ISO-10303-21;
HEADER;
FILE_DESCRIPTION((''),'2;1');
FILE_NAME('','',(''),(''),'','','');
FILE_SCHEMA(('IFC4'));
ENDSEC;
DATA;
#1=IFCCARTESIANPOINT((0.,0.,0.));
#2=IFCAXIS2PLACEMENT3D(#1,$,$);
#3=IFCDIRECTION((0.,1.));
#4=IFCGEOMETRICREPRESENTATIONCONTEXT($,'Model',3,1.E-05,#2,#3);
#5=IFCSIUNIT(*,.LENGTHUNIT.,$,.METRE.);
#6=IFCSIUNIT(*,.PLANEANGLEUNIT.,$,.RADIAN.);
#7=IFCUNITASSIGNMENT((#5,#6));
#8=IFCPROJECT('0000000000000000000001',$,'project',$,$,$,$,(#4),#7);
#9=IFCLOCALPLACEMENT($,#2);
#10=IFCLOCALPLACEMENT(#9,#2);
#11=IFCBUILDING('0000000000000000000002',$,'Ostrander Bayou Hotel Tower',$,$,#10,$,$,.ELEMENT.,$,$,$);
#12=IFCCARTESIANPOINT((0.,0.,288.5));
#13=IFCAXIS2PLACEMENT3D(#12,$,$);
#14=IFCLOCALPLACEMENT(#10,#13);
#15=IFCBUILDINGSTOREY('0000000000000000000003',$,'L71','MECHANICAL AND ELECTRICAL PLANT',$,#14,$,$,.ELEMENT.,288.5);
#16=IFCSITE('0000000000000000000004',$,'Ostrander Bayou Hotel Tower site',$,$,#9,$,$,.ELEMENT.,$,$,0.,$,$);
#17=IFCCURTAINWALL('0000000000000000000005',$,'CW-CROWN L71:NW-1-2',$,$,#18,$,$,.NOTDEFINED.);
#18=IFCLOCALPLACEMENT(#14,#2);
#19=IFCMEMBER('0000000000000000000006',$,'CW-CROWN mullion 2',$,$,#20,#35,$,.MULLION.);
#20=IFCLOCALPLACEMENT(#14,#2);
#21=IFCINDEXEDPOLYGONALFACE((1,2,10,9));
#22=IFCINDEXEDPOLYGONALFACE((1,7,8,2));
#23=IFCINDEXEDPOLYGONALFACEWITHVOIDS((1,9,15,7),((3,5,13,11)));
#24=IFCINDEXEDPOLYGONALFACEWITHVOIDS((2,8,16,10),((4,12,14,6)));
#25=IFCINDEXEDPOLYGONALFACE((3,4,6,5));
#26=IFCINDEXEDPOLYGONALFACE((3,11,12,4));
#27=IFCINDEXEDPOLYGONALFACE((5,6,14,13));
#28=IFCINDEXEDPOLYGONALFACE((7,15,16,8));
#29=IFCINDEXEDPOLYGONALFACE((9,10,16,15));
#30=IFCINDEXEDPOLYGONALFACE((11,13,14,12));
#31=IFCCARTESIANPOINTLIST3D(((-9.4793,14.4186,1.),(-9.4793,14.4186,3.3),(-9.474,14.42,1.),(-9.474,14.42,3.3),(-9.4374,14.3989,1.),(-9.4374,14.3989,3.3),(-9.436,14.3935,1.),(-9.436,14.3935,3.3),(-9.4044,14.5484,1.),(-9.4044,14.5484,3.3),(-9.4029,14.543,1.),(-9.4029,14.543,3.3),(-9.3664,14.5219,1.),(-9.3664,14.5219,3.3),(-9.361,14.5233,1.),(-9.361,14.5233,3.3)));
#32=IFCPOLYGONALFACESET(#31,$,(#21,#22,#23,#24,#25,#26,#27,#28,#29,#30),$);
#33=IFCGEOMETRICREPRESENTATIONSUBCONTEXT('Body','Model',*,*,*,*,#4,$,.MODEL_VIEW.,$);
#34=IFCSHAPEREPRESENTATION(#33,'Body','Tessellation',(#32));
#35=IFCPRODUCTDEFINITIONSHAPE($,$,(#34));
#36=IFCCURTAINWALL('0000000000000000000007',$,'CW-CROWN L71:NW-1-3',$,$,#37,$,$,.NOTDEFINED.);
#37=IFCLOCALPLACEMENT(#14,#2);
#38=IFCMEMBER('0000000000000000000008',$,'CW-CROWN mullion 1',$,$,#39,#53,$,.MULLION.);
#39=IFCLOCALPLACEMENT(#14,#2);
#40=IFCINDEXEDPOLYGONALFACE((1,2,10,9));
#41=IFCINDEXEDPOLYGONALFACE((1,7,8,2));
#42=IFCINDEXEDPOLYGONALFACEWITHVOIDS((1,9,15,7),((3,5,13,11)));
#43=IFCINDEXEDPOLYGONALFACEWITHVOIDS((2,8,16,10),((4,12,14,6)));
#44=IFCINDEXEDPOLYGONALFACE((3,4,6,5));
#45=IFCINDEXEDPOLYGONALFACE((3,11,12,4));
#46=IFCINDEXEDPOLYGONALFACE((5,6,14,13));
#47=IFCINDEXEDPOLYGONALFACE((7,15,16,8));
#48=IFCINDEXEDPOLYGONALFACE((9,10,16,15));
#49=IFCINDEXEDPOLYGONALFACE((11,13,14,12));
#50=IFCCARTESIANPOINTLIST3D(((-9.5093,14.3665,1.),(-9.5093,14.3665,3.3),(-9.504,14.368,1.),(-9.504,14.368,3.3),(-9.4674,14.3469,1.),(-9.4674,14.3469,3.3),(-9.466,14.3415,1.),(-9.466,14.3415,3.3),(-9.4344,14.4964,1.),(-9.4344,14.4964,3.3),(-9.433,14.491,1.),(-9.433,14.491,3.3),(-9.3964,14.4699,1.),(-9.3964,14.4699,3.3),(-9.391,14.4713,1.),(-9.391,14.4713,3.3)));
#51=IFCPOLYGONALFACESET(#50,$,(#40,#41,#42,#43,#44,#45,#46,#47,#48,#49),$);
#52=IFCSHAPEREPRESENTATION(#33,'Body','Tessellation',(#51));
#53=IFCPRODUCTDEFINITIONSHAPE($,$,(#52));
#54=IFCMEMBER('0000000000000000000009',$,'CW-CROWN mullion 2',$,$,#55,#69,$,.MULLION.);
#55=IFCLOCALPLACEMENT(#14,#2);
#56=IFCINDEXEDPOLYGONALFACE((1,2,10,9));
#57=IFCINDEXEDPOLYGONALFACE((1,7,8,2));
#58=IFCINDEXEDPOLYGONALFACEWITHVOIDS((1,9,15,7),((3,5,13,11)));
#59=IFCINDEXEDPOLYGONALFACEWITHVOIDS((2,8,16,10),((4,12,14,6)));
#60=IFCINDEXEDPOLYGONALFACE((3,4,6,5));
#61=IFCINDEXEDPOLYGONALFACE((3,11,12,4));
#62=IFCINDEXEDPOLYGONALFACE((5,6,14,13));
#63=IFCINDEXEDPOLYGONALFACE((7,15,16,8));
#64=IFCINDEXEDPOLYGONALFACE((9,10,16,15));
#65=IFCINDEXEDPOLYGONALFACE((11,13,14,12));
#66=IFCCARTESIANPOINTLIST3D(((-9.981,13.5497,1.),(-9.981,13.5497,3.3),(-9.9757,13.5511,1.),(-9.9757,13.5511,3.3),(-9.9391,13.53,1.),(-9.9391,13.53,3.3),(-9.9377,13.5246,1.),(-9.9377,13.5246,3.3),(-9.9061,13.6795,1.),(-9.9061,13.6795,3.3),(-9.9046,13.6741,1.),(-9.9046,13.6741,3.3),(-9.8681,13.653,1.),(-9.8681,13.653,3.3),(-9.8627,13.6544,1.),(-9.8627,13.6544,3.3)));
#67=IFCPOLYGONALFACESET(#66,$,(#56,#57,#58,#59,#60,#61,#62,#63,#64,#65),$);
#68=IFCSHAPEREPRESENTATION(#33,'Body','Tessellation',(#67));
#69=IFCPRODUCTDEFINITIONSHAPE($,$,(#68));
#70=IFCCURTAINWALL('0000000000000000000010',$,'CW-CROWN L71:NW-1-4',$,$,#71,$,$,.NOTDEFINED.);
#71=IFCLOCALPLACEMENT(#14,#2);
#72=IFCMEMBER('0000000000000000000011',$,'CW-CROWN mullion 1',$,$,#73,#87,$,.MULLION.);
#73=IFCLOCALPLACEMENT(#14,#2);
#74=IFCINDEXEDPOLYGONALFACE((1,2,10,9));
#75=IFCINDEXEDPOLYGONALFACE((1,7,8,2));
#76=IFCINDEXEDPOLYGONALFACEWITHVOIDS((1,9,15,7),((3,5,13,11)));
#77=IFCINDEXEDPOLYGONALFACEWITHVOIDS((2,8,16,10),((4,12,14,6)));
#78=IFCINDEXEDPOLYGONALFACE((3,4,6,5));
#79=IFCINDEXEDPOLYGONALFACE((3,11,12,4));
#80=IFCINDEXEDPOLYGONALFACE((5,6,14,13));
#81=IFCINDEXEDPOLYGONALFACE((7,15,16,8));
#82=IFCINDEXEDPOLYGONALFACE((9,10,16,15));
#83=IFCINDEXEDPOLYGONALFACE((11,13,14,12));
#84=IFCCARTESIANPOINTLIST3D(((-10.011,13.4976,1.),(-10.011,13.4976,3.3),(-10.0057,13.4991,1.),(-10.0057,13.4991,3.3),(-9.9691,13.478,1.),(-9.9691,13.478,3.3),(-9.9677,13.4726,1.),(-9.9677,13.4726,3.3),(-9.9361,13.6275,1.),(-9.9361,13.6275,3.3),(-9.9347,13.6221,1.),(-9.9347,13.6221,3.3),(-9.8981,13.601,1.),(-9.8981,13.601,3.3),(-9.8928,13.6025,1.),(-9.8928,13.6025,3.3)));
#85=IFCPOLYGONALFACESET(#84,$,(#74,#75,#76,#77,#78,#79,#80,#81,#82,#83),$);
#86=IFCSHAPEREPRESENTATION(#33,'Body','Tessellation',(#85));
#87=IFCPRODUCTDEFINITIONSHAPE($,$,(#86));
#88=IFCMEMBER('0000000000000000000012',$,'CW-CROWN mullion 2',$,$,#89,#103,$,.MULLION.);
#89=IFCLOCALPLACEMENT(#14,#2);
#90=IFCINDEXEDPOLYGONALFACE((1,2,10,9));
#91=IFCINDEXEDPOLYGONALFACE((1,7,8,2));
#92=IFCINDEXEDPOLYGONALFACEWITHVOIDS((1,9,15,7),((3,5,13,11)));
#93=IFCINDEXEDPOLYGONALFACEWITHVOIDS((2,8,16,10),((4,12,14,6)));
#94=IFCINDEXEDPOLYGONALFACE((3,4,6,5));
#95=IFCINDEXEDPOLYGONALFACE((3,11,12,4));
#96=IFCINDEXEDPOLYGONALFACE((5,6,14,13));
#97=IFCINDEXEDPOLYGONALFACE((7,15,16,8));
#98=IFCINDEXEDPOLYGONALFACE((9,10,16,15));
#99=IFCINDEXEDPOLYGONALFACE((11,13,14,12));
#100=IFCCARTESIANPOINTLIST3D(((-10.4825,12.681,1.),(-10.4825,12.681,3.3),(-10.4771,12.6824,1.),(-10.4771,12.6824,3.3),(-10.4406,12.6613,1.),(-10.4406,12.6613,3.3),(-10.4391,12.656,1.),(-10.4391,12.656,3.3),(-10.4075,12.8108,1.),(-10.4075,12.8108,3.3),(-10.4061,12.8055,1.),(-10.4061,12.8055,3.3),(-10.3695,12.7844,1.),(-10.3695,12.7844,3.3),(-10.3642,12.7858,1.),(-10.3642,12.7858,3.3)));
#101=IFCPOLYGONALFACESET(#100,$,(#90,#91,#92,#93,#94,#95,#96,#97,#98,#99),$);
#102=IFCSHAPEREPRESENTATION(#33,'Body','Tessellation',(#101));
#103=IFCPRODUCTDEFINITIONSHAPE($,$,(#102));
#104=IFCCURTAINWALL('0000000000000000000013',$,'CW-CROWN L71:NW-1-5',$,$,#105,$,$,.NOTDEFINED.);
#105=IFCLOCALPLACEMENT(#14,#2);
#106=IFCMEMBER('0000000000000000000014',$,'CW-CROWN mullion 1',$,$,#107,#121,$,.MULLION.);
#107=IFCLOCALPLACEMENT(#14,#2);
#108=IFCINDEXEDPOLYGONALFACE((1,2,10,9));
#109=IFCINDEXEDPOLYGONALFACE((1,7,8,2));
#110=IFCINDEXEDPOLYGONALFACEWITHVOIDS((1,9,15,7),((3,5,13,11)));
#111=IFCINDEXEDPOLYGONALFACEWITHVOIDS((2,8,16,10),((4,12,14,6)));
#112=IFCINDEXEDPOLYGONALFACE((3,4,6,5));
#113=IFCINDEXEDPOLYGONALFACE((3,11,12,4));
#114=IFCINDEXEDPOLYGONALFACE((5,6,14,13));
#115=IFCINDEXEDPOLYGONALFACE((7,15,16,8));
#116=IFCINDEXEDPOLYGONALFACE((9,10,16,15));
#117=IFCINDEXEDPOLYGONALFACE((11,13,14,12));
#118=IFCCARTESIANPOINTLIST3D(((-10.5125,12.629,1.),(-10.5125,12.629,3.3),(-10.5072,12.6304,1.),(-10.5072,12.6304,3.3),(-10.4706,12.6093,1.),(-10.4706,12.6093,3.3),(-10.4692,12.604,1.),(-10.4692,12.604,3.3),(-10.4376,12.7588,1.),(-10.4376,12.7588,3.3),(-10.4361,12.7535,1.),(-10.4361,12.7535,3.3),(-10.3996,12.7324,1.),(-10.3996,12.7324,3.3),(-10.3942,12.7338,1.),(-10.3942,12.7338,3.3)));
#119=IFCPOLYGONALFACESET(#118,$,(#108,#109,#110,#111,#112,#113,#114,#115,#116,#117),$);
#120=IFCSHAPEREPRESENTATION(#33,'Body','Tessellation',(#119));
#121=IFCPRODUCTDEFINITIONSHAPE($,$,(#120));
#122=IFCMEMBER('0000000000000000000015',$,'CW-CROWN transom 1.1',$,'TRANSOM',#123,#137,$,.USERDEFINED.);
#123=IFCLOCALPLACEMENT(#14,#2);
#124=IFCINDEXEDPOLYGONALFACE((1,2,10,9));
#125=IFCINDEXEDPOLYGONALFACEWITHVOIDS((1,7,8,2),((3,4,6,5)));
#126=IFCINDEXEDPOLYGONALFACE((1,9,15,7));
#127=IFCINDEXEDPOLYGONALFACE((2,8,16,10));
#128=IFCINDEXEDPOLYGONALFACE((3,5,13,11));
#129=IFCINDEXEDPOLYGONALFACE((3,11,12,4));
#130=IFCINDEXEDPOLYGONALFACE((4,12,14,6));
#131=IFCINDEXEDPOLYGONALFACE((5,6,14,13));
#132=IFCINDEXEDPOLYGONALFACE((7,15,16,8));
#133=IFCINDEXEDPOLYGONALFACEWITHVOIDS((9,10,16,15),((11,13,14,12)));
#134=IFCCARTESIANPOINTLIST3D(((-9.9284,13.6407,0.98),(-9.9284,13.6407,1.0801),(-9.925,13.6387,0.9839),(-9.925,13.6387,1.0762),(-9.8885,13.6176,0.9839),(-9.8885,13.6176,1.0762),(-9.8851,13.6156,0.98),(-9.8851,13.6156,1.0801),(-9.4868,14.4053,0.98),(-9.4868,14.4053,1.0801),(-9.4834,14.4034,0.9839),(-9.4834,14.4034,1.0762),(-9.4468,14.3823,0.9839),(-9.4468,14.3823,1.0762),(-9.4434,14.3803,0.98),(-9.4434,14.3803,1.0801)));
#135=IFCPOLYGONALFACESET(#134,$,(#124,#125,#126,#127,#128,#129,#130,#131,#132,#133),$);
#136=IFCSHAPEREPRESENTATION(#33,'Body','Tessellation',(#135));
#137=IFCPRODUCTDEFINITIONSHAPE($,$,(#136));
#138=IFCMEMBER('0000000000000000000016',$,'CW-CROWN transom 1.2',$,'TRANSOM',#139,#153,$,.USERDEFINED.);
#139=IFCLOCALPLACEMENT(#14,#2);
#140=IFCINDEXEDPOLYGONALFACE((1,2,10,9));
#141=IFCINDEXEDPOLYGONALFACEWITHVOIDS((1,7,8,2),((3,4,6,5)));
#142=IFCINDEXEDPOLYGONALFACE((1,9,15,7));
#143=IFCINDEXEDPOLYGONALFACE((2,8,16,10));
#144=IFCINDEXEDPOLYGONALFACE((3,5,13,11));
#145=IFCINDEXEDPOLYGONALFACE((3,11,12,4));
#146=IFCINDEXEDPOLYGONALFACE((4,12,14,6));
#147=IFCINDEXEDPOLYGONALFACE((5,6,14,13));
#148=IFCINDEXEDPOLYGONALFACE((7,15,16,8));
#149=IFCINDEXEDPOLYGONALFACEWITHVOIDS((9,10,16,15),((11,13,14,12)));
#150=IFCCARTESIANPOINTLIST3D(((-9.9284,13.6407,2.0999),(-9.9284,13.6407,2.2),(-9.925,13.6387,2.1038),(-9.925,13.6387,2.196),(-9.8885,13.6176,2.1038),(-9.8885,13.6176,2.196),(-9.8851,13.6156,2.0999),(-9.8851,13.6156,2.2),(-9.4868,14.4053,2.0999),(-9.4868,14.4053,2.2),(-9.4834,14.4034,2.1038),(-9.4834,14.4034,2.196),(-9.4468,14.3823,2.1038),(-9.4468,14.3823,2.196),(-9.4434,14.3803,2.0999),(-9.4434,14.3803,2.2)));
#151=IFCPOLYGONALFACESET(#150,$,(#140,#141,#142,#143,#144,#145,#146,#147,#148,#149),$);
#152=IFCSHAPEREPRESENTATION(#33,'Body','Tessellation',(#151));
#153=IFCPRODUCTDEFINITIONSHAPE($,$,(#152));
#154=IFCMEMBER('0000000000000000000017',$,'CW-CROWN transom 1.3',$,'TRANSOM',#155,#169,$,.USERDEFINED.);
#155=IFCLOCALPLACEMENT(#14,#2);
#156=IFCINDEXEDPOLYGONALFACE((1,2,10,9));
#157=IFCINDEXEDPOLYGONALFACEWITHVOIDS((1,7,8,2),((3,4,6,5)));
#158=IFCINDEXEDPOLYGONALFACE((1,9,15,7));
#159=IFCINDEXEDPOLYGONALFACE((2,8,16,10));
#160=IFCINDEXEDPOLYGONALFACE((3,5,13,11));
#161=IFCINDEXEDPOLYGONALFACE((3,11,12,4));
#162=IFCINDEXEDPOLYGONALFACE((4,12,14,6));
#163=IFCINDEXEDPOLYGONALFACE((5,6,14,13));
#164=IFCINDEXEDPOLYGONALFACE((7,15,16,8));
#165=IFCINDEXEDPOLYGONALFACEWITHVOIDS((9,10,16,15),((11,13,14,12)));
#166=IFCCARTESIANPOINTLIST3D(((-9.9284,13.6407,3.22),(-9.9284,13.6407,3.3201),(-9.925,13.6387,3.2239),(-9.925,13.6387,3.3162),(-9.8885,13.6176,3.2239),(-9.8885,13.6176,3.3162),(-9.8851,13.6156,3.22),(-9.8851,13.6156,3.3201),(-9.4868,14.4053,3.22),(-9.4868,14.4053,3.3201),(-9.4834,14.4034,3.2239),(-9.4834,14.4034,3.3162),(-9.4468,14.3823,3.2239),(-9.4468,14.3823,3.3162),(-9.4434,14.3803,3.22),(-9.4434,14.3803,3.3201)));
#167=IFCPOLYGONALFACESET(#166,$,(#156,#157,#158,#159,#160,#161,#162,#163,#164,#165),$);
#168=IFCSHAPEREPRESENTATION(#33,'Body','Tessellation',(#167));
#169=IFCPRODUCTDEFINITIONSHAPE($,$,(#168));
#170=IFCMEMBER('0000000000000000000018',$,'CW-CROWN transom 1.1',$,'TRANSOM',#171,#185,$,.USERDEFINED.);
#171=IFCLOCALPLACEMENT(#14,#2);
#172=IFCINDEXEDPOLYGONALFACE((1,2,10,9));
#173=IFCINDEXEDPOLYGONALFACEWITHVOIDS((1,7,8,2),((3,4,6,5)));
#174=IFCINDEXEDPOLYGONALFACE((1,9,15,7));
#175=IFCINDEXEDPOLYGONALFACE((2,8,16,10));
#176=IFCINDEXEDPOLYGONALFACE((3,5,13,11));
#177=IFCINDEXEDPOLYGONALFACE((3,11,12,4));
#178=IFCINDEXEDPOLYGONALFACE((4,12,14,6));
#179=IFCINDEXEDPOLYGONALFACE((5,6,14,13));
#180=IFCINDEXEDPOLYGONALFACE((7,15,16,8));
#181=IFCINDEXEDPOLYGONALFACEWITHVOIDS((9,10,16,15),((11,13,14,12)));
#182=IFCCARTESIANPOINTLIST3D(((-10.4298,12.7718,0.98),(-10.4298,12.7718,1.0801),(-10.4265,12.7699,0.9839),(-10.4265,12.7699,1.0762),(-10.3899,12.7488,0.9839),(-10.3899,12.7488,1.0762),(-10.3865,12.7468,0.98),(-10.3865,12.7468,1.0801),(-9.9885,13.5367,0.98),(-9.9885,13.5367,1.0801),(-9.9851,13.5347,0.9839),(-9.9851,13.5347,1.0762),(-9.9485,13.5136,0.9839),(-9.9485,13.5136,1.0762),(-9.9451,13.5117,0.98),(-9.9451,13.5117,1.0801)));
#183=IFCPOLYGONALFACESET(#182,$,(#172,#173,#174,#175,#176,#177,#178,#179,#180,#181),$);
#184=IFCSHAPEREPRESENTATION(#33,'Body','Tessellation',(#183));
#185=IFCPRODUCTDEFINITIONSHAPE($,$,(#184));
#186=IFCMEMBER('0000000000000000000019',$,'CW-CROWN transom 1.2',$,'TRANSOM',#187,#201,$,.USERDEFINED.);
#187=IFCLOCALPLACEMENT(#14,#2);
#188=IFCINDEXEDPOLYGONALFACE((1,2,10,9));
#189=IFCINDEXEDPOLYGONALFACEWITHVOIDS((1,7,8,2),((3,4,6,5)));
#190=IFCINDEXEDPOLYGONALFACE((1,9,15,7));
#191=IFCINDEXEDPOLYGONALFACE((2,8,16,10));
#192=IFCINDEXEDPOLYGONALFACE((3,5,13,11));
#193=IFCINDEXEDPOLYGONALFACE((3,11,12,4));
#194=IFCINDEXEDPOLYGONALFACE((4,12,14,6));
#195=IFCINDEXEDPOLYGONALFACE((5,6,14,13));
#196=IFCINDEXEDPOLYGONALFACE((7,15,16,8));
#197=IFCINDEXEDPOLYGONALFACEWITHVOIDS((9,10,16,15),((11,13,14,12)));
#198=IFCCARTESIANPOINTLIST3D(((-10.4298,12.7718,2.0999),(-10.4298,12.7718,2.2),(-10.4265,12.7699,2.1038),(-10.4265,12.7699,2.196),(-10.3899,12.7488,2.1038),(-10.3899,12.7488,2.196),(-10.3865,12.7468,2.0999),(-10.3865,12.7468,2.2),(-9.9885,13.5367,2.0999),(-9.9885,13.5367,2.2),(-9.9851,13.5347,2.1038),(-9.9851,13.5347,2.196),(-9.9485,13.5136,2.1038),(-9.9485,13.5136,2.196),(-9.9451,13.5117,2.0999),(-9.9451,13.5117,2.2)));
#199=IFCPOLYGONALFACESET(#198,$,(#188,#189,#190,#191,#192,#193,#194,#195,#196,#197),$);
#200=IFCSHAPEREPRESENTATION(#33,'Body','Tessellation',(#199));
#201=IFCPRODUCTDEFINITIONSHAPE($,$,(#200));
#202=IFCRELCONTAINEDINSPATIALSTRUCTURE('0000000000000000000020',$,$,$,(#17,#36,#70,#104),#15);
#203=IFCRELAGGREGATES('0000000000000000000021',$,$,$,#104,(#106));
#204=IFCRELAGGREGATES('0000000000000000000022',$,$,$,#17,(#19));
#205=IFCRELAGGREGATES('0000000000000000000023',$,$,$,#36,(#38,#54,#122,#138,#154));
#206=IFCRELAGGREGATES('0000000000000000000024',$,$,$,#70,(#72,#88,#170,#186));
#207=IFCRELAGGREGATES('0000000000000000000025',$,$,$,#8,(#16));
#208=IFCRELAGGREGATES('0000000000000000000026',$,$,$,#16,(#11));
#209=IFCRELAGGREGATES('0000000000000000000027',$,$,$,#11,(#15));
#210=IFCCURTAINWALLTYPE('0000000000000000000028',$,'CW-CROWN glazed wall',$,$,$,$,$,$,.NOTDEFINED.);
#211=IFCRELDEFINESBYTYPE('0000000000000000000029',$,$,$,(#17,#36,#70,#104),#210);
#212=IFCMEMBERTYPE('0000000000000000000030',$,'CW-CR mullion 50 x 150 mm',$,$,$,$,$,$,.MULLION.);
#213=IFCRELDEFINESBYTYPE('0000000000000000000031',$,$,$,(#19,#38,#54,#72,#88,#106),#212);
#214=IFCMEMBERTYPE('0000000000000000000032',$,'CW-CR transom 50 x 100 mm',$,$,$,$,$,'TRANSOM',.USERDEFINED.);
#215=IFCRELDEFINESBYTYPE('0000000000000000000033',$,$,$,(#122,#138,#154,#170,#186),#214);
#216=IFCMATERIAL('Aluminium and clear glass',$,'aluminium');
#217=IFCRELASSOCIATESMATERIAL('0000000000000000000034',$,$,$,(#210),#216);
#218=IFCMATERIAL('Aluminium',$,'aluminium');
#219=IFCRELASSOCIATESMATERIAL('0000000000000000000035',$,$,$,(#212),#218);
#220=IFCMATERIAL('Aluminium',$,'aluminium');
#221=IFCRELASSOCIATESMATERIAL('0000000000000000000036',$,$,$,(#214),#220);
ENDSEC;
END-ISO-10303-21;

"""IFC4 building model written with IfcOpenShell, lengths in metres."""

from ifc_helpers import new_model, si_unit, direction, frame, origin, origin_2d, place, context, subcontext, project, spatial, hollow_rectangle, extrude, material, material_profile, profile_set, type_object, element, aggregate, save


model = new_model("IFC4")

# Units and contexts
model_context = context("Model", 3, precision=1e-05, world=origin(), true_north=direction((0.0, 1.0)))
body_context = subcontext(model_context, "Body", "Model", "MODEL_VIEW")
ifc_project = project(units=[si_unit("LENGTHUNIT", "METRE"), si_unit("PLANEANGLEUNIT", "RADIAN")], contexts=[model_context])

# Site, building, storey
site_placement = place(None, origin())
site = spatial("IfcSite", under=ifc_project, at=site_placement, Name="Ostrander Bayou Hotel Tower site", CompositionType="ELEMENT", RefElevation=0.0)
building_placement = place(site_placement, origin())
building = spatial("IfcBuilding", under=site, at=building_placement, Name="Ostrander Bayou Hotel Tower", CompositionType="ELEMENT")
storey_placement = place(building_placement, frame((0.0, 0.0, 288.5)))
storey = spatial("IfcBuildingStorey", under=building, at=storey_placement, Name="L71", Description="MECHANICAL AND ELECTRICAL PLANT", CompositionType="ELEMENT", Elevation=288.5)

# Curtain wall, member
ifc_material_1 = material(Name="Aluminium and clear glass", Category="aluminium")
curtain_wall_type = type_object("IfcCurtainWallType", Name="CW-CROWN glazed wall", PredefinedType="NOTDEFINED", material=ifc_material_1)
curtain_wall_1_placement = place(storey_placement, origin())
curtain_wall_1 = element("IfcCurtainWall", 1, at=curtain_wall_1_placement, inside=storey, type_object=curtain_wall_type, Name="CW-CROWN L71:NW-1-2", PredefinedType="NOTDEFINED")
ifc_material_2 = material(Name="Aluminium", Category="aluminium")
ifc_material_profile_1 = material_profile(ifc_material_2, hollow_rectangle(XDim=0.05, YDim=0.1499, WallThickness=0.0039, at=origin_2d()))
ifc_profile_set_1 = profile_set([ifc_material_profile_1], Name="Aluminium")
member_type_1 = type_object("IfcMemberType", Name="CW-CR mullion 50 x 150 mm", PredefinedType="MULLION", material=ifc_profile_set_1)
member_1_placement = place(storey_placement, frame((-9.4202, 14.4709, 1.0), z_axis=(0.0, 0.0, 1.0), x_axis=(0.866001, -0.500042, 0.0)))
member_1 = element("IfcMember", 2, at=member_1_placement, type_object=member_type_1, Name="CW-CROWN mullion 2", PredefinedType="MULLION", context=body_context, shape_type="SweptSolid", body=[
    extrude(hollow_rectangle(XDim=0.05, YDim=0.1499, WallThickness=0.0039, at=origin_2d()), origin(), (0.0, 0.0, 1.0), 2.3),
])

# Curtain walls, members
curtain_wall_2_placement = place(storey_placement, origin())
curtain_wall_2 = element("IfcCurtainWall", 3, at=curtain_wall_2_placement, inside=storey, type_object=curtain_wall_type, Name="CW-CROWN L71:NW-1-3", PredefinedType="NOTDEFINED")
member_2_placement = place(storey_placement, frame((-9.4502, 14.4189, 1.0), z_axis=(0.0, 0.0, 1.0), x_axis=(0.866026, -0.499999, 0.0)))
member_2 = element("IfcMember", 4, at=member_2_placement, type_object=member_type_1, Name="CW-CROWN mullion 1", PredefinedType="MULLION", context=body_context, shape_type="SweptSolid", body=[
    extrude(hollow_rectangle(XDim=0.05, YDim=0.1499, WallThickness=0.0039, at=origin_2d()), origin(), (0.0, 0.0, 1.0), 2.3),
])
member_3_placement = place(storey_placement, frame((-9.9219, 13.6021, 1.0), z_axis=(0.0, 0.0, 1.0), x_axis=(0.866026, -0.499999, 0.0)))
member_3 = element("IfcMember", 5, at=member_3_placement, type_object=member_type_1, Name="CW-CROWN mullion 2", PredefinedType="MULLION", context=body_context, shape_type="SweptSolid", body=[
    extrude(hollow_rectangle(XDim=0.05, YDim=0.1499, WallThickness=0.0039, at=origin_2d()), origin(), (0.0, 0.0, 1.0), 2.3),
])
curtain_wall_3_placement = place(storey_placement, origin())
curtain_wall_3 = element("IfcCurtainWall", 6, at=curtain_wall_3_placement, inside=storey, type_object=curtain_wall_type, Name="CW-CROWN L71:NW-1-4", PredefinedType="NOTDEFINED")
member_4_placement = place(storey_placement, frame((-9.9519, 13.55, 1.0), z_axis=(0.0, 0.0, 1.0), x_axis=(0.866069, -0.499924, 0.0)))
member_4 = element("IfcMember", 7, at=member_4_placement, type_object=member_type_1, Name="CW-CROWN mullion 1", PredefinedType="MULLION", context=body_context, shape_type="SweptSolid", body=[
    extrude(hollow_rectangle(XDim=0.05, YDim=0.1499, WallThickness=0.0039, at=origin_2d()), origin(), (0.0, 0.0, 1.0), 2.3),
])
member_5_placement = place(storey_placement, frame((-10.4233, 12.7334, 1.0), z_axis=(0.0, 0.0, 1.0), x_axis=(0.866069, -0.499924, 0.0)))
member_5 = element("IfcMember", 8, at=member_5_placement, type_object=member_type_1, Name="CW-CROWN mullion 2", PredefinedType="MULLION", context=body_context, shape_type="SweptSolid", body=[
    extrude(hollow_rectangle(XDim=0.05, YDim=0.1499, WallThickness=0.0039, at=origin_2d()), origin(), (0.0, 0.0, 1.0), 2.3),
])

# Curtain wall, member
curtain_wall_4_placement = place(storey_placement, origin())
curtain_wall_4 = element("IfcCurtainWall", 9, at=curtain_wall_4_placement, inside=storey, type_object=curtain_wall_type, Name="CW-CROWN L71:NW-1-5", PredefinedType="NOTDEFINED")
member_6_placement = place(storey_placement, frame((-10.4534, 12.6814, 1.0), z_axis=(0.0, 0.0, 1.0), x_axis=(0.866001, -0.500042, 0.0)))
member_6 = element("IfcMember", 10, at=member_6_placement, type_object=member_type_1, Name="CW-CROWN mullion 1", PredefinedType="MULLION", context=body_context, shape_type="SweptSolid", body=[
    extrude(hollow_rectangle(XDim=0.05, YDim=0.1499, WallThickness=0.0039, at=origin_2d()), origin(), (0.0, 0.0, 1.0), 2.3),
])

# Members
ifc_material_3 = material(Name="Aluminium", Category="aluminium")
ifc_material_profile_2 = material_profile(ifc_material_3, hollow_rectangle(XDim=0.05, YDim=0.1001, WallThickness=0.0039, at=origin_2d()))
ifc_profile_set_2 = profile_set([ifc_material_profile_2], Name="Aluminium")
member_type_2 = type_object("IfcMemberType", Name="CW-CR transom 50 x 100 mm", ElementType="TRANSOM", PredefinedType="USERDEFINED", material=ifc_profile_set_2)
member_7_placement = place(storey_placement, frame((-9.4651, 14.3928, 1.03), z_axis=(-0.500153, -0.865937, 0.0), x_axis=(0.865937, -0.500153, 0.0)))
member_7 = element("IfcMember", 11, at=member_7_placement, type_object=member_type_2, Name="CW-CROWN transom 1.1", ObjectType="TRANSOM", PredefinedType="USERDEFINED", context=body_context, shape_type="SweptSolid", body=[
    extrude(hollow_rectangle(XDim=0.05, YDim=0.1001, WallThickness=0.0039, at=origin_2d()), origin(), (0.0, 0.0, 1.0), 0.8831),
])
member_8_placement = place(storey_placement, frame((-9.4651, 14.3928, 2.1499), z_axis=(-0.500153, -0.865937, 0.0), x_axis=(0.865937, -0.500153, 0.0)))
member_8 = element("IfcMember", 12, at=member_8_placement, type_object=member_type_2, Name="CW-CROWN transom 1.2", ObjectType="TRANSOM", PredefinedType="USERDEFINED", context=body_context, shape_type="SweptSolid", body=[
    extrude(hollow_rectangle(XDim=0.05, YDim=0.1001, WallThickness=0.0039, at=origin_2d()), origin(), (0.0, 0.0, 1.0), 0.8831),
])
member_9_placement = place(storey_placement, frame((-9.4651, 14.3928, 3.27), z_axis=(-0.500153, -0.865937, 0.0), x_axis=(0.865937, -0.500153, 0.0)))
member_9 = element("IfcMember", 13, at=member_9_placement, type_object=member_type_2, Name="CW-CROWN transom 1.3", ObjectType="TRANSOM", PredefinedType="USERDEFINED", context=body_context, shape_type="SweptSolid", body=[
    extrude(hollow_rectangle(XDim=0.05, YDim=0.1001, WallThickness=0.0039, at=origin_2d()), origin(), (0.0, 0.0, 1.0), 0.8831),
])
member_10_placement = place(storey_placement, frame((-9.9668, 13.5242, 1.03), z_axis=(-0.499826, -0.866126, 0.0), x_axis=(0.866126, -0.499826, 0.0)))
member_10 = element("IfcMember", 14, at=member_10_placement, type_object=member_type_2, Name="CW-CROWN transom 1.1", ObjectType="TRANSOM", PredefinedType="USERDEFINED", context=body_context, shape_type="SweptSolid", body=[
    extrude(hollow_rectangle(XDim=0.05, YDim=0.1001, WallThickness=0.0039, at=origin_2d()), origin(), (0.0, 0.0, 1.0), 0.8831),
])
member_11_placement = place(storey_placement, frame((-9.9668, 13.5242, 2.1499), z_axis=(-0.499826, -0.866126, 0.0), x_axis=(0.866126, -0.499826, 0.0)))
member_11 = element("IfcMember", 15, at=member_11_placement, type_object=member_type_2, Name="CW-CROWN transom 1.2", ObjectType="TRANSOM", PredefinedType="USERDEFINED", context=body_context, shape_type="SweptSolid", body=[
    extrude(hollow_rectangle(XDim=0.05, YDim=0.1001, WallThickness=0.0039, at=origin_2d()), origin(), (0.0, 0.0, 1.0), 0.8831),
])
aggregate(curtain_wall_4, [member_6])

aggregate(curtain_wall_1, [member_1])
aggregate(curtain_wall_2, [member_2, member_3, member_7, member_8, member_9])
aggregate(curtain_wall_3, [member_4, member_5, member_10, member_11])

save(model, "model.ifc")
